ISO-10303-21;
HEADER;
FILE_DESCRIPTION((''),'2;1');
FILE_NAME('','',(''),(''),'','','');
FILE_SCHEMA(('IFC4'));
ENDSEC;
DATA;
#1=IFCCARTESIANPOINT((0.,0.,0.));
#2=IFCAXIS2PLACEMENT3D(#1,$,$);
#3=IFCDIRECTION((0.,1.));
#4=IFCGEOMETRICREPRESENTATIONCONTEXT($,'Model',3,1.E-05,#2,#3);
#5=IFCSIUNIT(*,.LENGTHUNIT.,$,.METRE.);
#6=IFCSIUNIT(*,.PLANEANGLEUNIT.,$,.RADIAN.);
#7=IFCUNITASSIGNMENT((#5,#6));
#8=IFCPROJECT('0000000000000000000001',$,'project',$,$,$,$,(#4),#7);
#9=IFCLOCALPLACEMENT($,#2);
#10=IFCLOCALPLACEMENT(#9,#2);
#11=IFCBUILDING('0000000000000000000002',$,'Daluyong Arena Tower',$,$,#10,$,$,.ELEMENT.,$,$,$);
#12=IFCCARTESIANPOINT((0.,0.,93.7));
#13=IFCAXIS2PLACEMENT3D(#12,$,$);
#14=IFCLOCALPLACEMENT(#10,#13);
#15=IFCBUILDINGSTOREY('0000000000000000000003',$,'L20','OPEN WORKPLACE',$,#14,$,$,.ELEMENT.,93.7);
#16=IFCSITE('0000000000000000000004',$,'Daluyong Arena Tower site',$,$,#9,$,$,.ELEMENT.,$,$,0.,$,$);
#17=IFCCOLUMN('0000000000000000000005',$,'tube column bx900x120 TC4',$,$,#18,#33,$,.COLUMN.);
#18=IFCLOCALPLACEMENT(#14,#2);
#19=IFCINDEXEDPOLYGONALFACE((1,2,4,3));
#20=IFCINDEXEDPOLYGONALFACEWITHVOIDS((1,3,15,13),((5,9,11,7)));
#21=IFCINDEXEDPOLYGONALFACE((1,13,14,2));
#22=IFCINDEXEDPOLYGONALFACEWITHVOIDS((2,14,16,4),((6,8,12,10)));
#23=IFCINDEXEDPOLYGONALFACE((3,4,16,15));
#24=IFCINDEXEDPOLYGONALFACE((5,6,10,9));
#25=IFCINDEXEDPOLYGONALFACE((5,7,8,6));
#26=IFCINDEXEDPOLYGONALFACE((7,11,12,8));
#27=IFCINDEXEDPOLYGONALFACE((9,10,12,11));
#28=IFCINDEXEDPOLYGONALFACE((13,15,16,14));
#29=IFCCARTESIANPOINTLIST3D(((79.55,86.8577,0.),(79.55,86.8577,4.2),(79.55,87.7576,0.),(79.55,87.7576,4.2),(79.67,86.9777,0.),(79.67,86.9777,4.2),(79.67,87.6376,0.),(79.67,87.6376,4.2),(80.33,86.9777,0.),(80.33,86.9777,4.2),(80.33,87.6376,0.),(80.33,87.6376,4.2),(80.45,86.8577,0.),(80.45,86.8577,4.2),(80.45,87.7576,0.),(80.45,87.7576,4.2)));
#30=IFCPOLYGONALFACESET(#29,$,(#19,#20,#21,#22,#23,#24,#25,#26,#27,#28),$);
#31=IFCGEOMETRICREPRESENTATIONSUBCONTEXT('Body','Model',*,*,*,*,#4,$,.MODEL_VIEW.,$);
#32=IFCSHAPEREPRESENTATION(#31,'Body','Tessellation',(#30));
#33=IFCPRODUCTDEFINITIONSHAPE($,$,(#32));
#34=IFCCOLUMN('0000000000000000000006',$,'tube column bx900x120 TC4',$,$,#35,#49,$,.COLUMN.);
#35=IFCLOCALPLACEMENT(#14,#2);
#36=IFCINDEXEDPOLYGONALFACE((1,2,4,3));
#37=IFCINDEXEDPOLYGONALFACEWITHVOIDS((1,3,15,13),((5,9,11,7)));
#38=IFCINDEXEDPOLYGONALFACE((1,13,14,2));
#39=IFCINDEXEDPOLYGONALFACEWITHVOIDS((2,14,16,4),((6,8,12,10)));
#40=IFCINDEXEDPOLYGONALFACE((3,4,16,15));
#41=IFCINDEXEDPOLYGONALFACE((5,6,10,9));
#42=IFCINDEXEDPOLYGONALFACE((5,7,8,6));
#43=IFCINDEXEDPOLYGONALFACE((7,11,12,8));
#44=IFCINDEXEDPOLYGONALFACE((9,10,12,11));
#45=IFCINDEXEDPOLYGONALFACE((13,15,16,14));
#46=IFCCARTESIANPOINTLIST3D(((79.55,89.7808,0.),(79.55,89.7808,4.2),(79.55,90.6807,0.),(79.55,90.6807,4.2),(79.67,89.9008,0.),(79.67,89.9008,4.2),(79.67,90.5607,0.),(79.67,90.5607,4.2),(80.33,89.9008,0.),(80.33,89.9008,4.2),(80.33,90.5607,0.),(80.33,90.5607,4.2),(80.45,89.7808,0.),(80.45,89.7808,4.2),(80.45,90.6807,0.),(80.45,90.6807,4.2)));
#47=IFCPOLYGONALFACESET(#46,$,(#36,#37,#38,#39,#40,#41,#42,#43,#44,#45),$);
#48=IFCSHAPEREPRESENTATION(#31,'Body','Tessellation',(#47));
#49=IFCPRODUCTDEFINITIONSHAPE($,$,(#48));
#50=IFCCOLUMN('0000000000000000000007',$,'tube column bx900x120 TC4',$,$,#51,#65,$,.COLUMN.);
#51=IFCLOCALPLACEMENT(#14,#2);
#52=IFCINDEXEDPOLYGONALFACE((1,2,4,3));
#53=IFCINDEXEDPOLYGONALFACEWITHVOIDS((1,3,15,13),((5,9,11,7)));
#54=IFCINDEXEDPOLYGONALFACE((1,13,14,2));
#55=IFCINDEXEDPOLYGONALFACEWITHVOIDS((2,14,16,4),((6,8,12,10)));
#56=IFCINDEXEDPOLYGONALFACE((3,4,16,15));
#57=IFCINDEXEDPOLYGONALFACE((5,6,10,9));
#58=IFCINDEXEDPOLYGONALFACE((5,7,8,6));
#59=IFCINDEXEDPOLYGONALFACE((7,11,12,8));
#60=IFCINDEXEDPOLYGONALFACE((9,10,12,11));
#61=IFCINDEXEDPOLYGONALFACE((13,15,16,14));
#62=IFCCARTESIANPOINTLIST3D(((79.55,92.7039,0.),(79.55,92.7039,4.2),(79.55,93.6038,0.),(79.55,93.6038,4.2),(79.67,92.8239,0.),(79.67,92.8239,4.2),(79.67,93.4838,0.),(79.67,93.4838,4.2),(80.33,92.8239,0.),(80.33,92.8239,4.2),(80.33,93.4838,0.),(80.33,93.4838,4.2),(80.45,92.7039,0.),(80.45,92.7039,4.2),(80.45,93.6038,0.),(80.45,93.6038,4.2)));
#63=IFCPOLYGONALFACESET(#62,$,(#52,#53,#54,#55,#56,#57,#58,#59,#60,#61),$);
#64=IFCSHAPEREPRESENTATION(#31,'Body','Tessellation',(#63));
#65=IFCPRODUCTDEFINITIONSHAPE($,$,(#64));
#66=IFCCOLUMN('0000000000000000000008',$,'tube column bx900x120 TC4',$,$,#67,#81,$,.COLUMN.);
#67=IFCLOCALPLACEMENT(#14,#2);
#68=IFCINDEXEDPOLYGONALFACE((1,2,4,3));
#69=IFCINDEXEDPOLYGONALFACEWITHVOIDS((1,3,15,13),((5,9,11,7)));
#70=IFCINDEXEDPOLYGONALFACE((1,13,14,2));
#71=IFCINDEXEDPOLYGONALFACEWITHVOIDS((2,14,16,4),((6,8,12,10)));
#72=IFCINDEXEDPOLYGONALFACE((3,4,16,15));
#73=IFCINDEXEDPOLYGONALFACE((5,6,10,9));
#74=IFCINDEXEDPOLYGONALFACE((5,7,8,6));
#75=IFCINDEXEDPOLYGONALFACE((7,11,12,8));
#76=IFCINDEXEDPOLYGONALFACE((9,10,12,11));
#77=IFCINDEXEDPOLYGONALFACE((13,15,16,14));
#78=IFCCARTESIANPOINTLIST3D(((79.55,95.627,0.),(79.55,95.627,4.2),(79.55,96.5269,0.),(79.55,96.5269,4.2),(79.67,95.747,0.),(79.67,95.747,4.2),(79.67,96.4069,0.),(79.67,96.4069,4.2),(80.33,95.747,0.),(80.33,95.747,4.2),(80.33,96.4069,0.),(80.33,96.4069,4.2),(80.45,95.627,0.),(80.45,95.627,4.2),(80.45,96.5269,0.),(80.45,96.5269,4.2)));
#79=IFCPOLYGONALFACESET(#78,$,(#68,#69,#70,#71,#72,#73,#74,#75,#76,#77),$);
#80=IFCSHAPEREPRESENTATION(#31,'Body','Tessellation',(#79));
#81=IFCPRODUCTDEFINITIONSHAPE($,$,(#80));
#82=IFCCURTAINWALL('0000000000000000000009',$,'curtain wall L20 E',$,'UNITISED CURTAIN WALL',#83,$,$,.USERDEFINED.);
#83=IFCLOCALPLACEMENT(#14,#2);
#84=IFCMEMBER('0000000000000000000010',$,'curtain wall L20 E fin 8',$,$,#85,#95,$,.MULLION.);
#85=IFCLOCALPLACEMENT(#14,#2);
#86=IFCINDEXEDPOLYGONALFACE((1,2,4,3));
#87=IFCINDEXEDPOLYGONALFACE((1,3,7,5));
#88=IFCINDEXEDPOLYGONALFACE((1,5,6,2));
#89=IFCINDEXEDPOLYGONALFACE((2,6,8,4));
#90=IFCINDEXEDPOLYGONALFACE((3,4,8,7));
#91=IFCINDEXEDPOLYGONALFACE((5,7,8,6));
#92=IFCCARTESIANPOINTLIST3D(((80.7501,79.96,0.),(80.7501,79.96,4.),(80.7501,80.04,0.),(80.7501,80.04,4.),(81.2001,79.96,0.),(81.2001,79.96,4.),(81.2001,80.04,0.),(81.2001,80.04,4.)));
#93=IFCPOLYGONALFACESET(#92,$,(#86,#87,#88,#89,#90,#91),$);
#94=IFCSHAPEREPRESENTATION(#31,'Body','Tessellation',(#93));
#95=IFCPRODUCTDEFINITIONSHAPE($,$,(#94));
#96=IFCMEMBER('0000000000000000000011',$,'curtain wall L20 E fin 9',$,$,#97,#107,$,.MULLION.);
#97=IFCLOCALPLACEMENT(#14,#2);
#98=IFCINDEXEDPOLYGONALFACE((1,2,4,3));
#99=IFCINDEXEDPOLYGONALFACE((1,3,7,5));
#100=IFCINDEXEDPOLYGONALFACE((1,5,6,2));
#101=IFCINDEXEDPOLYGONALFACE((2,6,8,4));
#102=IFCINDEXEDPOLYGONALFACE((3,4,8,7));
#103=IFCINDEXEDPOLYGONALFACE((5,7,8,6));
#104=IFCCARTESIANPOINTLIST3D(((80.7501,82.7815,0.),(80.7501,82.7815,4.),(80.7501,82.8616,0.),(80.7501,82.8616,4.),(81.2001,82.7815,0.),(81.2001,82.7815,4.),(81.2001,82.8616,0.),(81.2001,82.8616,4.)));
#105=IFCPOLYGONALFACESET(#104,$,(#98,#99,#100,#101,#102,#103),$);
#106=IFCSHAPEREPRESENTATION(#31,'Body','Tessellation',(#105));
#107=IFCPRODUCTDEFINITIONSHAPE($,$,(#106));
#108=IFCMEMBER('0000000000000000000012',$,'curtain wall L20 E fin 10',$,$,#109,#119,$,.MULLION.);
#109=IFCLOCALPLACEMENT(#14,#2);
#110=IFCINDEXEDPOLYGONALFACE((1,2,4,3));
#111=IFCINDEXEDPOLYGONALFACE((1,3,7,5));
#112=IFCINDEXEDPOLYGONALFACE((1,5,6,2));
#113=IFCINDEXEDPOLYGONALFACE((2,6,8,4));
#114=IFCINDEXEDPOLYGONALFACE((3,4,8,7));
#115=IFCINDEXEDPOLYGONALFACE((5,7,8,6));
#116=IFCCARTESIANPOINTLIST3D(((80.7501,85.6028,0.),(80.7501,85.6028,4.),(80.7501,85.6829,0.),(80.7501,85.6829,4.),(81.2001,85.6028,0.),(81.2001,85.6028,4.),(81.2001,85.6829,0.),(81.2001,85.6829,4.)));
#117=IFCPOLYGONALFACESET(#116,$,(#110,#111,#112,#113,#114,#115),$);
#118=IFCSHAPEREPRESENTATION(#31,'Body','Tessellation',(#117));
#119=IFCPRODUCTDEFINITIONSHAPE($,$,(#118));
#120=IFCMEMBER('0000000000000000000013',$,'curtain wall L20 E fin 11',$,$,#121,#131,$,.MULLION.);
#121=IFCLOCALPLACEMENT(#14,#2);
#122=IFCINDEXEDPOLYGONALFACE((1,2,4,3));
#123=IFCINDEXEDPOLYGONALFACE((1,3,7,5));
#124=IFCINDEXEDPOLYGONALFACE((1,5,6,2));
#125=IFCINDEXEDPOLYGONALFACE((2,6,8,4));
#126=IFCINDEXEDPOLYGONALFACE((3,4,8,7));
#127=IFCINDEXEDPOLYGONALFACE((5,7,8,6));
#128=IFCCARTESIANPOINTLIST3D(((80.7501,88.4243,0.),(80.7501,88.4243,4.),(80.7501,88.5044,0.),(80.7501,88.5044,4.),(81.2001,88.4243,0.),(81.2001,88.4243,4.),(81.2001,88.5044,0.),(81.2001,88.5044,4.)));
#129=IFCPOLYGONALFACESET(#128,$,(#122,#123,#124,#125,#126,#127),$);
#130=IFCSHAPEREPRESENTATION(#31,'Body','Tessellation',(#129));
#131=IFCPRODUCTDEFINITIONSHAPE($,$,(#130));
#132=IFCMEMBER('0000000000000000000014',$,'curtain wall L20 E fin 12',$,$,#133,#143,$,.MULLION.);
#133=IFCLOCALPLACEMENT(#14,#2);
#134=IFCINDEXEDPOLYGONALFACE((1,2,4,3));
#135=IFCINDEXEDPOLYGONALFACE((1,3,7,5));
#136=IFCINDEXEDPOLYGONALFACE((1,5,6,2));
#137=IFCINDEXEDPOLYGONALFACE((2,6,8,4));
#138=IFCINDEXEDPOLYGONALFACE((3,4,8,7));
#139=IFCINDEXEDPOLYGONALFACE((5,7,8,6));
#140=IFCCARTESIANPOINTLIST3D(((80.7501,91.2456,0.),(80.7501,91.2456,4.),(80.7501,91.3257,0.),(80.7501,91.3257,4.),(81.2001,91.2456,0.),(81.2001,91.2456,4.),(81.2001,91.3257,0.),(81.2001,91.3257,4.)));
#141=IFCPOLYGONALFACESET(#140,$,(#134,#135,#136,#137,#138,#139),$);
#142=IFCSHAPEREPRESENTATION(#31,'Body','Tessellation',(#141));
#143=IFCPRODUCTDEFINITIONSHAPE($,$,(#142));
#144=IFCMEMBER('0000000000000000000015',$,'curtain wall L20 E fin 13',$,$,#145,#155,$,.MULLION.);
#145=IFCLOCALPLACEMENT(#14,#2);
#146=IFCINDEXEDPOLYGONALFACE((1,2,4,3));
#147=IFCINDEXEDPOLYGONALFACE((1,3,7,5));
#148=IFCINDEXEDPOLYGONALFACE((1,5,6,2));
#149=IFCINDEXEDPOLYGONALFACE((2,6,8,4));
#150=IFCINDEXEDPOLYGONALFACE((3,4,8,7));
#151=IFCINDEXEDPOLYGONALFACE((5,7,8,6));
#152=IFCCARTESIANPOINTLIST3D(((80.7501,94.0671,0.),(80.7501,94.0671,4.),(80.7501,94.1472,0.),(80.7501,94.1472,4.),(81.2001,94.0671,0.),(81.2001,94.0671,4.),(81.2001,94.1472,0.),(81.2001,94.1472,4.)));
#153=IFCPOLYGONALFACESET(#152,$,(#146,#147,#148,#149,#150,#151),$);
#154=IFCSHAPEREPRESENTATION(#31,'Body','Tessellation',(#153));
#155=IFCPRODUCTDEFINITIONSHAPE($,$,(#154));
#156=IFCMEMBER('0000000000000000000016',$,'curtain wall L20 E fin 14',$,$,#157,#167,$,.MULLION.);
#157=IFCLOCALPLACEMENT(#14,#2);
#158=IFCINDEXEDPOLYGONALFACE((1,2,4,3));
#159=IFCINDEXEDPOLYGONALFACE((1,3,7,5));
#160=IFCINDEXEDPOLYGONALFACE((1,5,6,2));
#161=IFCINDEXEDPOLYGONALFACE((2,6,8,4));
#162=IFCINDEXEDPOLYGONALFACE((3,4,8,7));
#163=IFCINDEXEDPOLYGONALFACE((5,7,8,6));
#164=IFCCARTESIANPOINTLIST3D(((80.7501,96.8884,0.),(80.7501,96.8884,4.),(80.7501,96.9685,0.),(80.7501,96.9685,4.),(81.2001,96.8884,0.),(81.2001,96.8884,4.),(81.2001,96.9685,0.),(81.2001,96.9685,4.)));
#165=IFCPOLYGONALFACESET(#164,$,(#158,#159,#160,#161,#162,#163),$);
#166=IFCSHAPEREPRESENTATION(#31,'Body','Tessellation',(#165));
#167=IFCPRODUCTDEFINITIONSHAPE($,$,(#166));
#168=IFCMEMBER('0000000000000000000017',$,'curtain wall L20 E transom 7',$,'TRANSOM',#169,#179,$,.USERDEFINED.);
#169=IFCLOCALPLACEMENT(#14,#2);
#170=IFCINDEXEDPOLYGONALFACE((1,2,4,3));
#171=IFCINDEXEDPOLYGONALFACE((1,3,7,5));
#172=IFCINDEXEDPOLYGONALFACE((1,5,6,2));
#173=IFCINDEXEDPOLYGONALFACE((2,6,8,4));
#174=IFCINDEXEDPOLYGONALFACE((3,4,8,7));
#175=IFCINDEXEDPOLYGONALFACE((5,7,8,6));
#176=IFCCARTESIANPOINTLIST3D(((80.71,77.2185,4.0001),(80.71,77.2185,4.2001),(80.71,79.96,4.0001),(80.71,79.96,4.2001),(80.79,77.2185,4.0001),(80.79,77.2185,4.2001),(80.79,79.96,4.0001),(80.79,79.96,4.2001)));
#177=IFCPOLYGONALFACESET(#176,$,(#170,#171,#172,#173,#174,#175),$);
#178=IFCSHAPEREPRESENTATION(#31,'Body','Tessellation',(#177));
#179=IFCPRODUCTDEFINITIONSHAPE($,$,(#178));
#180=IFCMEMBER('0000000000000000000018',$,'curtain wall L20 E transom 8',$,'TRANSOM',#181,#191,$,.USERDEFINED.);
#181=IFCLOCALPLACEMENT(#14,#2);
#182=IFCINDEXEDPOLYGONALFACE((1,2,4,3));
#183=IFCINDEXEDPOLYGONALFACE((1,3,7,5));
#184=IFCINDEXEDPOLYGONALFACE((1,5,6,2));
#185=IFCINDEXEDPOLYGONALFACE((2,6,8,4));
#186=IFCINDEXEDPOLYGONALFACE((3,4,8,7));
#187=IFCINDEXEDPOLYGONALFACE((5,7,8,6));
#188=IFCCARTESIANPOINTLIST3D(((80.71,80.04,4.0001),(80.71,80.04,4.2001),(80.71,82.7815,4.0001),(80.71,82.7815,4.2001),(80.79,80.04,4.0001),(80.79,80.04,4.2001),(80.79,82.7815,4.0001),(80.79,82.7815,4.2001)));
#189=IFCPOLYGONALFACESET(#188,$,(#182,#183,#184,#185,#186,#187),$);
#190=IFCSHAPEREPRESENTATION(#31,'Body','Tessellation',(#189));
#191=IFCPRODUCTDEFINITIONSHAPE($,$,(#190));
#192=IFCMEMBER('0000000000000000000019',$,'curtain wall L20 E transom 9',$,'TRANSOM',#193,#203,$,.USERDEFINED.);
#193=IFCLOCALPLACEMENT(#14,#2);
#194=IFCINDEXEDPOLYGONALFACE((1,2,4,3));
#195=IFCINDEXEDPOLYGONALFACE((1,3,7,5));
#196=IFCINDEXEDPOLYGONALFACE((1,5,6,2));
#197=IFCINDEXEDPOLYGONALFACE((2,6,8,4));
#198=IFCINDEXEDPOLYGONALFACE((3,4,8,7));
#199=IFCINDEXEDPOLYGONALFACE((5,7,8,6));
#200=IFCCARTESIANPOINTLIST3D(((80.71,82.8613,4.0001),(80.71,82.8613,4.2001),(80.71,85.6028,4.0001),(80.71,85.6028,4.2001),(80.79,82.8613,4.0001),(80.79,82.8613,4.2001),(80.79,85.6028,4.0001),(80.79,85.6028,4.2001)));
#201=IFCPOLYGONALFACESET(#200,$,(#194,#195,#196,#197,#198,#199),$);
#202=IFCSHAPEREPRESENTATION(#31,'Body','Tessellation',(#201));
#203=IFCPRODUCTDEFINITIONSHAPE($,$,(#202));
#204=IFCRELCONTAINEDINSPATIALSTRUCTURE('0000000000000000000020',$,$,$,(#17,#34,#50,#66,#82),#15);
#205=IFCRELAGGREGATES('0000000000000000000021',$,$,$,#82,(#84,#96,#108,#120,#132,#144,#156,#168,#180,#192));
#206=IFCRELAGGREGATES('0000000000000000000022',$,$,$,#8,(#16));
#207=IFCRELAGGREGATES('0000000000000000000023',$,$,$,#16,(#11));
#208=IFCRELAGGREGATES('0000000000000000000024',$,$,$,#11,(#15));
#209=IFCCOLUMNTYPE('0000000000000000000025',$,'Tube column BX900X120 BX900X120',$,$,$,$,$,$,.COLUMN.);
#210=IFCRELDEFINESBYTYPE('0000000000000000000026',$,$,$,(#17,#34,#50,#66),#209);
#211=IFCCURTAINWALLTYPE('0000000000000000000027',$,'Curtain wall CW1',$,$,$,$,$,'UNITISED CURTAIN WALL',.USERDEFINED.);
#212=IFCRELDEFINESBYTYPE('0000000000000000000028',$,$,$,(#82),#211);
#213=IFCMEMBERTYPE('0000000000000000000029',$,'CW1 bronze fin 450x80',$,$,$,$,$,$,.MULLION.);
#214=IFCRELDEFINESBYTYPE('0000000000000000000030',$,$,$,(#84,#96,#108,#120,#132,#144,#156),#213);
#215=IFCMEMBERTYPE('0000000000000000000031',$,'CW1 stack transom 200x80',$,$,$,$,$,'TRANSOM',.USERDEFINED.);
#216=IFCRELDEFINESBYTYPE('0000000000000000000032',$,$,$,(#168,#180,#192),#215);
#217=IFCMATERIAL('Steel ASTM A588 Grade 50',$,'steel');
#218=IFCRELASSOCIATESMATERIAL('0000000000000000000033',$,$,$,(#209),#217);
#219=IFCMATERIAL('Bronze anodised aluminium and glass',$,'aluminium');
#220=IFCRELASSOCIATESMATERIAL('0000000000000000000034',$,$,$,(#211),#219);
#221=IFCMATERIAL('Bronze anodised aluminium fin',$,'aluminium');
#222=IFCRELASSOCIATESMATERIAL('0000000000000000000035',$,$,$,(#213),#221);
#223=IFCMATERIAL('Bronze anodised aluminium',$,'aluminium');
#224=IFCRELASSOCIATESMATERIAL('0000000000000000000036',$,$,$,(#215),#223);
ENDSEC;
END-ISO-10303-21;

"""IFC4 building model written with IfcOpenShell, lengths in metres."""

from ifc_helpers import new_model, si_unit, direction, frame, origin, origin_2d, place, context, subcontext, project, spatial, rectangle, hollow_rectangle, extrude, material, material_profile, profile_set, type_object, element, aggregate, save


model = new_model("IFC4")

# Units and contexts
model_context = context("Model", 3, precision=1e-05, world=origin(), true_north=direction((0.0, 1.0)))
body_context = subcontext(model_context, "Body", "Model", "MODEL_VIEW")
ifc_project = project(units=[si_unit("LENGTHUNIT", "METRE"), si_unit("PLANEANGLEUNIT", "RADIAN")], contexts=[model_context])

# Site, building, storey
site_placement = place(None, origin())
site = spatial("IfcSite", under=ifc_project, at=site_placement, Name="Daluyong Arena Tower site", CompositionType="ELEMENT", RefElevation=0.0)
building_placement = place(site_placement, origin())
building = spatial("IfcBuilding", under=site, at=building_placement, Name="Daluyong Arena Tower", CompositionType="ELEMENT")
storey_placement = place(building_placement, frame((0.0, 0.0, 93.7)))
storey = spatial("IfcBuildingStorey", under=building, at=storey_placement, Name="L20", Description="OPEN WORKPLACE", CompositionType="ELEMENT", Elevation=93.7)

# Columns
ifc_material_1 = material(Name="Steel ASTM A588 Grade 50", Category="steel")
ifc_material_profile_1 = material_profile(ifc_material_1, hollow_rectangle(XDim=0.8999, YDim=0.8999, WallThickness=0.12, at=origin_2d()))
ifc_profile_set_1 = profile_set([ifc_material_profile_1], Name="Steel ASTM A588 Grade 50")
column_type = type_object("IfcColumnType", Name="Tube column BX900X120 BX900X120", PredefinedType="COLUMN", material=ifc_profile_set_1)
for number, where, z_axis, x_axis, name in (
    (1, (80.0, 87.3076, 0.0), (0.0, 0.0, 1.0), (0.0, 1.0, 0.0), "tube column bx900x120 TC4"),
    (2, (80.0, 90.2307, 0.0), (0.0, 0.0, 1.0), (0.0, 1.0, 0.0), "tube column bx900x120 TC4"),
    (3, (80.0, 93.1538, 0.0), (0.0, 0.0, 1.0), (0.0, 1.0, 0.0), "tube column bx900x120 TC4"),
    (4, (80.0, 96.0769, 0.0), (0.0, 0.0, 1.0), (0.0, 1.0, 0.0), "tube column bx900x120 TC4"),
):
    element("IfcColumn", number, at=place(storey_placement, frame(where, z_axis=z_axis, x_axis=x_axis)), inside=storey, type_object=column_type, Name=name, PredefinedType="COLUMN", context=body_context, shape_type="SweptSolid", body=[
        extrude(hollow_rectangle(XDim=0.8999, YDim=0.8999, WallThickness=0.12, at=origin_2d()), origin(), (0.0, 0.0, 1.0), 4.2),
    ])

# Curtain wall, members
ifc_material_2 = material(Name="Bronze anodised aluminium and glass", Category="aluminium")
curtain_wall_type = type_object("IfcCurtainWallType", Name="Curtain wall CW1", ElementType="UNITISED CURTAIN WALL", PredefinedType="USERDEFINED", material=ifc_material_2)
curtain_wall_placement = place(storey_placement, origin())
curtain_wall = element("IfcCurtainWall", 5, at=curtain_wall_placement, inside=storey, type_object=curtain_wall_type, Name="curtain wall L20 E", ObjectType="UNITISED CURTAIN WALL", PredefinedType="USERDEFINED")
ifc_material_3 = material(Name="Bronze anodised aluminium fin", Category="aluminium")
ifc_material_profile_2 = material_profile(ifc_material_3, rectangle(XDim=0.45, YDim=0.0801, at=origin_2d()))
ifc_profile_set_2 = profile_set([ifc_material_profile_2], Name="Bronze anodised aluminium fin")
member_type_1 = type_object("IfcMemberType", Name="CW1 bronze fin 450x80", PredefinedType="MULLION", material=ifc_profile_set_2)
member_1_placement = place(storey_placement, frame((80.9751, 80.0, 0.0), z_axis=(0.0, 0.0, 1.0), x_axis=(-1.0, 0.0, 0.0)))
member_1 = element("IfcMember", 6, at=member_1_placement, type_object=member_type_1, Name="curtain wall L20 E fin 8", PredefinedType="MULLION", context=body_context, shape_type="SweptSolid", body=[
    extrude(rectangle(XDim=0.45, YDim=0.0801, at=origin_2d()), origin(), (0.0, 0.0, 1.0), 4.0),
])
member_2_placement = place(storey_placement, frame((80.9751, 82.8215, 0.0), z_axis=(0.0, 0.0, 1.0), x_axis=(-1.0, 0.0, 0.0)))
member_2 = element("IfcMember", 7, at=member_2_placement, type_object=member_type_1, Name="curtain wall L20 E fin 9", PredefinedType="MULLION", context=body_context, shape_type="SweptSolid", body=[
    extrude(rectangle(XDim=0.45, YDim=0.0801, at=origin_2d()), origin(), (0.0, 0.0, 1.0), 4.0),
])
member_3_placement = place(storey_placement, frame((80.9751, 85.6428, 0.0), z_axis=(0.0, 0.0, 1.0), x_axis=(-1.0, 0.0, 0.0)))
member_3 = element("IfcMember", 8, at=member_3_placement, type_object=member_type_1, Name="curtain wall L20 E fin 10", PredefinedType="MULLION", context=body_context, shape_type="SweptSolid", body=[
    extrude(rectangle(XDim=0.45, YDim=0.0801, at=origin_2d()), origin(), (0.0, 0.0, 1.0), 4.0),
])
member_4_placement = place(storey_placement, frame((80.9751, 88.4644, 0.0), z_axis=(0.0, 0.0, 1.0), x_axis=(-1.0, 0.0, 0.0)))
member_4 = element("IfcMember", 9, at=member_4_placement, type_object=member_type_1, Name="curtain wall L20 E fin 11", PredefinedType="MULLION", context=body_context, shape_type="SweptSolid", body=[
    extrude(rectangle(XDim=0.45, YDim=0.0801, at=origin_2d()), origin(), (0.0, 0.0, 1.0), 4.0),
])
member_5_placement = place(storey_placement, frame((80.9751, 91.2856, 0.0), z_axis=(0.0, 0.0, 1.0), x_axis=(-1.0, 0.0, 0.0)))
member_5 = element("IfcMember", 10, at=member_5_placement, type_object=member_type_1, Name="curtain wall L20 E fin 12", PredefinedType="MULLION", context=body_context, shape_type="SweptSolid", body=[
    extrude(rectangle(XDim=0.45, YDim=0.0801, at=origin_2d()), origin(), (0.0, 0.0, 1.0), 4.0),
])
member_6_placement = place(storey_placement, frame((80.9751, 94.1072, 0.0), z_axis=(0.0, 0.0, 1.0), x_axis=(-1.0, 0.0, 0.0)))
member_6 = element("IfcMember", 11, at=member_6_placement, type_object=member_type_1, Name="curtain wall L20 E fin 13", PredefinedType="MULLION", context=body_context, shape_type="SweptSolid", body=[
    extrude(rectangle(XDim=0.45, YDim=0.0801, at=origin_2d()), origin(), (0.0, 0.0, 1.0), 4.0),
])
member_7_placement = place(storey_placement, frame((80.9751, 96.9285, 0.0), z_axis=(0.0, 0.0, 1.0), x_axis=(-1.0, 0.0, 0.0)))
member_7 = element("IfcMember", 12, at=member_7_placement, type_object=member_type_1, Name="curtain wall L20 E fin 14", PredefinedType="MULLION", context=body_context, shape_type="SweptSolid", body=[
    extrude(rectangle(XDim=0.45, YDim=0.0801, at=origin_2d()), origin(), (0.0, 0.0, 1.0), 4.0),
])
ifc_material_4 = material(Name="Bronze anodised aluminium", Category="aluminium")
ifc_material_profile_3 = material_profile(ifc_material_4, rectangle(XDim=0.0801, YDim=0.2, at=origin_2d()))
ifc_profile_set_3 = profile_set([ifc_material_profile_3], Name="Bronze anodised aluminium")
member_type_2 = type_object("IfcMemberType", Name="CW1 stack transom 200x80", ElementType="TRANSOM", PredefinedType="USERDEFINED", material=ifc_profile_set_3)
member_8_placement = place(storey_placement, frame((80.75, 77.2185, 4.1001), z_axis=(0.0, 1.0, 0.0), x_axis=(-1.0, 0.0, 0.0)))
member_8 = element("IfcMember", 13, at=member_8_placement, type_object=member_type_2, Name="curtain wall L20 E transom 7", ObjectType="TRANSOM", PredefinedType="USERDEFINED", context=body_context, shape_type="SweptSolid", body=[
    extrude(rectangle(XDim=0.0801, YDim=0.2, at=origin_2d()), origin(), (0.0, 0.0, 1.0), 2.7415),
])
member_9_placement = place(storey_placement, frame((80.75, 80.04, 4.1001), z_axis=(0.0, 1.0, 0.0), x_axis=(-1.0, 0.0, 0.0)))
member_9 = element("IfcMember", 14, at=member_9_placement, type_object=member_type_2, Name="curtain wall L20 E transom 8", ObjectType="TRANSOM", PredefinedType="USERDEFINED", context=body_context, shape_type="SweptSolid", body=[
    extrude(rectangle(XDim=0.0801, YDim=0.2, at=origin_2d()), origin(), (0.0, 0.0, 1.0), 2.7415),
])
member_10_placement = place(storey_placement, frame((80.75, 82.8613, 4.1001), z_axis=(0.0, 1.0, 0.0), x_axis=(-1.0, 0.0, 0.0)))
member_10 = element("IfcMember", 15, at=member_10_placement, type_object=member_type_2, Name="curtain wall L20 E transom 9", ObjectType="TRANSOM", PredefinedType="USERDEFINED", context=body_context, shape_type="SweptSolid", body=[
    extrude(rectangle(XDim=0.0801, YDim=0.2, at=origin_2d()), origin(), (0.0, 0.0, 1.0), 2.7415),
])

aggregate(curtain_wall, [member_1, member_2, member_3, member_4, member_5, member_6, member_7, member_8, member_9, member_10])

save(model, "model.ifc")
